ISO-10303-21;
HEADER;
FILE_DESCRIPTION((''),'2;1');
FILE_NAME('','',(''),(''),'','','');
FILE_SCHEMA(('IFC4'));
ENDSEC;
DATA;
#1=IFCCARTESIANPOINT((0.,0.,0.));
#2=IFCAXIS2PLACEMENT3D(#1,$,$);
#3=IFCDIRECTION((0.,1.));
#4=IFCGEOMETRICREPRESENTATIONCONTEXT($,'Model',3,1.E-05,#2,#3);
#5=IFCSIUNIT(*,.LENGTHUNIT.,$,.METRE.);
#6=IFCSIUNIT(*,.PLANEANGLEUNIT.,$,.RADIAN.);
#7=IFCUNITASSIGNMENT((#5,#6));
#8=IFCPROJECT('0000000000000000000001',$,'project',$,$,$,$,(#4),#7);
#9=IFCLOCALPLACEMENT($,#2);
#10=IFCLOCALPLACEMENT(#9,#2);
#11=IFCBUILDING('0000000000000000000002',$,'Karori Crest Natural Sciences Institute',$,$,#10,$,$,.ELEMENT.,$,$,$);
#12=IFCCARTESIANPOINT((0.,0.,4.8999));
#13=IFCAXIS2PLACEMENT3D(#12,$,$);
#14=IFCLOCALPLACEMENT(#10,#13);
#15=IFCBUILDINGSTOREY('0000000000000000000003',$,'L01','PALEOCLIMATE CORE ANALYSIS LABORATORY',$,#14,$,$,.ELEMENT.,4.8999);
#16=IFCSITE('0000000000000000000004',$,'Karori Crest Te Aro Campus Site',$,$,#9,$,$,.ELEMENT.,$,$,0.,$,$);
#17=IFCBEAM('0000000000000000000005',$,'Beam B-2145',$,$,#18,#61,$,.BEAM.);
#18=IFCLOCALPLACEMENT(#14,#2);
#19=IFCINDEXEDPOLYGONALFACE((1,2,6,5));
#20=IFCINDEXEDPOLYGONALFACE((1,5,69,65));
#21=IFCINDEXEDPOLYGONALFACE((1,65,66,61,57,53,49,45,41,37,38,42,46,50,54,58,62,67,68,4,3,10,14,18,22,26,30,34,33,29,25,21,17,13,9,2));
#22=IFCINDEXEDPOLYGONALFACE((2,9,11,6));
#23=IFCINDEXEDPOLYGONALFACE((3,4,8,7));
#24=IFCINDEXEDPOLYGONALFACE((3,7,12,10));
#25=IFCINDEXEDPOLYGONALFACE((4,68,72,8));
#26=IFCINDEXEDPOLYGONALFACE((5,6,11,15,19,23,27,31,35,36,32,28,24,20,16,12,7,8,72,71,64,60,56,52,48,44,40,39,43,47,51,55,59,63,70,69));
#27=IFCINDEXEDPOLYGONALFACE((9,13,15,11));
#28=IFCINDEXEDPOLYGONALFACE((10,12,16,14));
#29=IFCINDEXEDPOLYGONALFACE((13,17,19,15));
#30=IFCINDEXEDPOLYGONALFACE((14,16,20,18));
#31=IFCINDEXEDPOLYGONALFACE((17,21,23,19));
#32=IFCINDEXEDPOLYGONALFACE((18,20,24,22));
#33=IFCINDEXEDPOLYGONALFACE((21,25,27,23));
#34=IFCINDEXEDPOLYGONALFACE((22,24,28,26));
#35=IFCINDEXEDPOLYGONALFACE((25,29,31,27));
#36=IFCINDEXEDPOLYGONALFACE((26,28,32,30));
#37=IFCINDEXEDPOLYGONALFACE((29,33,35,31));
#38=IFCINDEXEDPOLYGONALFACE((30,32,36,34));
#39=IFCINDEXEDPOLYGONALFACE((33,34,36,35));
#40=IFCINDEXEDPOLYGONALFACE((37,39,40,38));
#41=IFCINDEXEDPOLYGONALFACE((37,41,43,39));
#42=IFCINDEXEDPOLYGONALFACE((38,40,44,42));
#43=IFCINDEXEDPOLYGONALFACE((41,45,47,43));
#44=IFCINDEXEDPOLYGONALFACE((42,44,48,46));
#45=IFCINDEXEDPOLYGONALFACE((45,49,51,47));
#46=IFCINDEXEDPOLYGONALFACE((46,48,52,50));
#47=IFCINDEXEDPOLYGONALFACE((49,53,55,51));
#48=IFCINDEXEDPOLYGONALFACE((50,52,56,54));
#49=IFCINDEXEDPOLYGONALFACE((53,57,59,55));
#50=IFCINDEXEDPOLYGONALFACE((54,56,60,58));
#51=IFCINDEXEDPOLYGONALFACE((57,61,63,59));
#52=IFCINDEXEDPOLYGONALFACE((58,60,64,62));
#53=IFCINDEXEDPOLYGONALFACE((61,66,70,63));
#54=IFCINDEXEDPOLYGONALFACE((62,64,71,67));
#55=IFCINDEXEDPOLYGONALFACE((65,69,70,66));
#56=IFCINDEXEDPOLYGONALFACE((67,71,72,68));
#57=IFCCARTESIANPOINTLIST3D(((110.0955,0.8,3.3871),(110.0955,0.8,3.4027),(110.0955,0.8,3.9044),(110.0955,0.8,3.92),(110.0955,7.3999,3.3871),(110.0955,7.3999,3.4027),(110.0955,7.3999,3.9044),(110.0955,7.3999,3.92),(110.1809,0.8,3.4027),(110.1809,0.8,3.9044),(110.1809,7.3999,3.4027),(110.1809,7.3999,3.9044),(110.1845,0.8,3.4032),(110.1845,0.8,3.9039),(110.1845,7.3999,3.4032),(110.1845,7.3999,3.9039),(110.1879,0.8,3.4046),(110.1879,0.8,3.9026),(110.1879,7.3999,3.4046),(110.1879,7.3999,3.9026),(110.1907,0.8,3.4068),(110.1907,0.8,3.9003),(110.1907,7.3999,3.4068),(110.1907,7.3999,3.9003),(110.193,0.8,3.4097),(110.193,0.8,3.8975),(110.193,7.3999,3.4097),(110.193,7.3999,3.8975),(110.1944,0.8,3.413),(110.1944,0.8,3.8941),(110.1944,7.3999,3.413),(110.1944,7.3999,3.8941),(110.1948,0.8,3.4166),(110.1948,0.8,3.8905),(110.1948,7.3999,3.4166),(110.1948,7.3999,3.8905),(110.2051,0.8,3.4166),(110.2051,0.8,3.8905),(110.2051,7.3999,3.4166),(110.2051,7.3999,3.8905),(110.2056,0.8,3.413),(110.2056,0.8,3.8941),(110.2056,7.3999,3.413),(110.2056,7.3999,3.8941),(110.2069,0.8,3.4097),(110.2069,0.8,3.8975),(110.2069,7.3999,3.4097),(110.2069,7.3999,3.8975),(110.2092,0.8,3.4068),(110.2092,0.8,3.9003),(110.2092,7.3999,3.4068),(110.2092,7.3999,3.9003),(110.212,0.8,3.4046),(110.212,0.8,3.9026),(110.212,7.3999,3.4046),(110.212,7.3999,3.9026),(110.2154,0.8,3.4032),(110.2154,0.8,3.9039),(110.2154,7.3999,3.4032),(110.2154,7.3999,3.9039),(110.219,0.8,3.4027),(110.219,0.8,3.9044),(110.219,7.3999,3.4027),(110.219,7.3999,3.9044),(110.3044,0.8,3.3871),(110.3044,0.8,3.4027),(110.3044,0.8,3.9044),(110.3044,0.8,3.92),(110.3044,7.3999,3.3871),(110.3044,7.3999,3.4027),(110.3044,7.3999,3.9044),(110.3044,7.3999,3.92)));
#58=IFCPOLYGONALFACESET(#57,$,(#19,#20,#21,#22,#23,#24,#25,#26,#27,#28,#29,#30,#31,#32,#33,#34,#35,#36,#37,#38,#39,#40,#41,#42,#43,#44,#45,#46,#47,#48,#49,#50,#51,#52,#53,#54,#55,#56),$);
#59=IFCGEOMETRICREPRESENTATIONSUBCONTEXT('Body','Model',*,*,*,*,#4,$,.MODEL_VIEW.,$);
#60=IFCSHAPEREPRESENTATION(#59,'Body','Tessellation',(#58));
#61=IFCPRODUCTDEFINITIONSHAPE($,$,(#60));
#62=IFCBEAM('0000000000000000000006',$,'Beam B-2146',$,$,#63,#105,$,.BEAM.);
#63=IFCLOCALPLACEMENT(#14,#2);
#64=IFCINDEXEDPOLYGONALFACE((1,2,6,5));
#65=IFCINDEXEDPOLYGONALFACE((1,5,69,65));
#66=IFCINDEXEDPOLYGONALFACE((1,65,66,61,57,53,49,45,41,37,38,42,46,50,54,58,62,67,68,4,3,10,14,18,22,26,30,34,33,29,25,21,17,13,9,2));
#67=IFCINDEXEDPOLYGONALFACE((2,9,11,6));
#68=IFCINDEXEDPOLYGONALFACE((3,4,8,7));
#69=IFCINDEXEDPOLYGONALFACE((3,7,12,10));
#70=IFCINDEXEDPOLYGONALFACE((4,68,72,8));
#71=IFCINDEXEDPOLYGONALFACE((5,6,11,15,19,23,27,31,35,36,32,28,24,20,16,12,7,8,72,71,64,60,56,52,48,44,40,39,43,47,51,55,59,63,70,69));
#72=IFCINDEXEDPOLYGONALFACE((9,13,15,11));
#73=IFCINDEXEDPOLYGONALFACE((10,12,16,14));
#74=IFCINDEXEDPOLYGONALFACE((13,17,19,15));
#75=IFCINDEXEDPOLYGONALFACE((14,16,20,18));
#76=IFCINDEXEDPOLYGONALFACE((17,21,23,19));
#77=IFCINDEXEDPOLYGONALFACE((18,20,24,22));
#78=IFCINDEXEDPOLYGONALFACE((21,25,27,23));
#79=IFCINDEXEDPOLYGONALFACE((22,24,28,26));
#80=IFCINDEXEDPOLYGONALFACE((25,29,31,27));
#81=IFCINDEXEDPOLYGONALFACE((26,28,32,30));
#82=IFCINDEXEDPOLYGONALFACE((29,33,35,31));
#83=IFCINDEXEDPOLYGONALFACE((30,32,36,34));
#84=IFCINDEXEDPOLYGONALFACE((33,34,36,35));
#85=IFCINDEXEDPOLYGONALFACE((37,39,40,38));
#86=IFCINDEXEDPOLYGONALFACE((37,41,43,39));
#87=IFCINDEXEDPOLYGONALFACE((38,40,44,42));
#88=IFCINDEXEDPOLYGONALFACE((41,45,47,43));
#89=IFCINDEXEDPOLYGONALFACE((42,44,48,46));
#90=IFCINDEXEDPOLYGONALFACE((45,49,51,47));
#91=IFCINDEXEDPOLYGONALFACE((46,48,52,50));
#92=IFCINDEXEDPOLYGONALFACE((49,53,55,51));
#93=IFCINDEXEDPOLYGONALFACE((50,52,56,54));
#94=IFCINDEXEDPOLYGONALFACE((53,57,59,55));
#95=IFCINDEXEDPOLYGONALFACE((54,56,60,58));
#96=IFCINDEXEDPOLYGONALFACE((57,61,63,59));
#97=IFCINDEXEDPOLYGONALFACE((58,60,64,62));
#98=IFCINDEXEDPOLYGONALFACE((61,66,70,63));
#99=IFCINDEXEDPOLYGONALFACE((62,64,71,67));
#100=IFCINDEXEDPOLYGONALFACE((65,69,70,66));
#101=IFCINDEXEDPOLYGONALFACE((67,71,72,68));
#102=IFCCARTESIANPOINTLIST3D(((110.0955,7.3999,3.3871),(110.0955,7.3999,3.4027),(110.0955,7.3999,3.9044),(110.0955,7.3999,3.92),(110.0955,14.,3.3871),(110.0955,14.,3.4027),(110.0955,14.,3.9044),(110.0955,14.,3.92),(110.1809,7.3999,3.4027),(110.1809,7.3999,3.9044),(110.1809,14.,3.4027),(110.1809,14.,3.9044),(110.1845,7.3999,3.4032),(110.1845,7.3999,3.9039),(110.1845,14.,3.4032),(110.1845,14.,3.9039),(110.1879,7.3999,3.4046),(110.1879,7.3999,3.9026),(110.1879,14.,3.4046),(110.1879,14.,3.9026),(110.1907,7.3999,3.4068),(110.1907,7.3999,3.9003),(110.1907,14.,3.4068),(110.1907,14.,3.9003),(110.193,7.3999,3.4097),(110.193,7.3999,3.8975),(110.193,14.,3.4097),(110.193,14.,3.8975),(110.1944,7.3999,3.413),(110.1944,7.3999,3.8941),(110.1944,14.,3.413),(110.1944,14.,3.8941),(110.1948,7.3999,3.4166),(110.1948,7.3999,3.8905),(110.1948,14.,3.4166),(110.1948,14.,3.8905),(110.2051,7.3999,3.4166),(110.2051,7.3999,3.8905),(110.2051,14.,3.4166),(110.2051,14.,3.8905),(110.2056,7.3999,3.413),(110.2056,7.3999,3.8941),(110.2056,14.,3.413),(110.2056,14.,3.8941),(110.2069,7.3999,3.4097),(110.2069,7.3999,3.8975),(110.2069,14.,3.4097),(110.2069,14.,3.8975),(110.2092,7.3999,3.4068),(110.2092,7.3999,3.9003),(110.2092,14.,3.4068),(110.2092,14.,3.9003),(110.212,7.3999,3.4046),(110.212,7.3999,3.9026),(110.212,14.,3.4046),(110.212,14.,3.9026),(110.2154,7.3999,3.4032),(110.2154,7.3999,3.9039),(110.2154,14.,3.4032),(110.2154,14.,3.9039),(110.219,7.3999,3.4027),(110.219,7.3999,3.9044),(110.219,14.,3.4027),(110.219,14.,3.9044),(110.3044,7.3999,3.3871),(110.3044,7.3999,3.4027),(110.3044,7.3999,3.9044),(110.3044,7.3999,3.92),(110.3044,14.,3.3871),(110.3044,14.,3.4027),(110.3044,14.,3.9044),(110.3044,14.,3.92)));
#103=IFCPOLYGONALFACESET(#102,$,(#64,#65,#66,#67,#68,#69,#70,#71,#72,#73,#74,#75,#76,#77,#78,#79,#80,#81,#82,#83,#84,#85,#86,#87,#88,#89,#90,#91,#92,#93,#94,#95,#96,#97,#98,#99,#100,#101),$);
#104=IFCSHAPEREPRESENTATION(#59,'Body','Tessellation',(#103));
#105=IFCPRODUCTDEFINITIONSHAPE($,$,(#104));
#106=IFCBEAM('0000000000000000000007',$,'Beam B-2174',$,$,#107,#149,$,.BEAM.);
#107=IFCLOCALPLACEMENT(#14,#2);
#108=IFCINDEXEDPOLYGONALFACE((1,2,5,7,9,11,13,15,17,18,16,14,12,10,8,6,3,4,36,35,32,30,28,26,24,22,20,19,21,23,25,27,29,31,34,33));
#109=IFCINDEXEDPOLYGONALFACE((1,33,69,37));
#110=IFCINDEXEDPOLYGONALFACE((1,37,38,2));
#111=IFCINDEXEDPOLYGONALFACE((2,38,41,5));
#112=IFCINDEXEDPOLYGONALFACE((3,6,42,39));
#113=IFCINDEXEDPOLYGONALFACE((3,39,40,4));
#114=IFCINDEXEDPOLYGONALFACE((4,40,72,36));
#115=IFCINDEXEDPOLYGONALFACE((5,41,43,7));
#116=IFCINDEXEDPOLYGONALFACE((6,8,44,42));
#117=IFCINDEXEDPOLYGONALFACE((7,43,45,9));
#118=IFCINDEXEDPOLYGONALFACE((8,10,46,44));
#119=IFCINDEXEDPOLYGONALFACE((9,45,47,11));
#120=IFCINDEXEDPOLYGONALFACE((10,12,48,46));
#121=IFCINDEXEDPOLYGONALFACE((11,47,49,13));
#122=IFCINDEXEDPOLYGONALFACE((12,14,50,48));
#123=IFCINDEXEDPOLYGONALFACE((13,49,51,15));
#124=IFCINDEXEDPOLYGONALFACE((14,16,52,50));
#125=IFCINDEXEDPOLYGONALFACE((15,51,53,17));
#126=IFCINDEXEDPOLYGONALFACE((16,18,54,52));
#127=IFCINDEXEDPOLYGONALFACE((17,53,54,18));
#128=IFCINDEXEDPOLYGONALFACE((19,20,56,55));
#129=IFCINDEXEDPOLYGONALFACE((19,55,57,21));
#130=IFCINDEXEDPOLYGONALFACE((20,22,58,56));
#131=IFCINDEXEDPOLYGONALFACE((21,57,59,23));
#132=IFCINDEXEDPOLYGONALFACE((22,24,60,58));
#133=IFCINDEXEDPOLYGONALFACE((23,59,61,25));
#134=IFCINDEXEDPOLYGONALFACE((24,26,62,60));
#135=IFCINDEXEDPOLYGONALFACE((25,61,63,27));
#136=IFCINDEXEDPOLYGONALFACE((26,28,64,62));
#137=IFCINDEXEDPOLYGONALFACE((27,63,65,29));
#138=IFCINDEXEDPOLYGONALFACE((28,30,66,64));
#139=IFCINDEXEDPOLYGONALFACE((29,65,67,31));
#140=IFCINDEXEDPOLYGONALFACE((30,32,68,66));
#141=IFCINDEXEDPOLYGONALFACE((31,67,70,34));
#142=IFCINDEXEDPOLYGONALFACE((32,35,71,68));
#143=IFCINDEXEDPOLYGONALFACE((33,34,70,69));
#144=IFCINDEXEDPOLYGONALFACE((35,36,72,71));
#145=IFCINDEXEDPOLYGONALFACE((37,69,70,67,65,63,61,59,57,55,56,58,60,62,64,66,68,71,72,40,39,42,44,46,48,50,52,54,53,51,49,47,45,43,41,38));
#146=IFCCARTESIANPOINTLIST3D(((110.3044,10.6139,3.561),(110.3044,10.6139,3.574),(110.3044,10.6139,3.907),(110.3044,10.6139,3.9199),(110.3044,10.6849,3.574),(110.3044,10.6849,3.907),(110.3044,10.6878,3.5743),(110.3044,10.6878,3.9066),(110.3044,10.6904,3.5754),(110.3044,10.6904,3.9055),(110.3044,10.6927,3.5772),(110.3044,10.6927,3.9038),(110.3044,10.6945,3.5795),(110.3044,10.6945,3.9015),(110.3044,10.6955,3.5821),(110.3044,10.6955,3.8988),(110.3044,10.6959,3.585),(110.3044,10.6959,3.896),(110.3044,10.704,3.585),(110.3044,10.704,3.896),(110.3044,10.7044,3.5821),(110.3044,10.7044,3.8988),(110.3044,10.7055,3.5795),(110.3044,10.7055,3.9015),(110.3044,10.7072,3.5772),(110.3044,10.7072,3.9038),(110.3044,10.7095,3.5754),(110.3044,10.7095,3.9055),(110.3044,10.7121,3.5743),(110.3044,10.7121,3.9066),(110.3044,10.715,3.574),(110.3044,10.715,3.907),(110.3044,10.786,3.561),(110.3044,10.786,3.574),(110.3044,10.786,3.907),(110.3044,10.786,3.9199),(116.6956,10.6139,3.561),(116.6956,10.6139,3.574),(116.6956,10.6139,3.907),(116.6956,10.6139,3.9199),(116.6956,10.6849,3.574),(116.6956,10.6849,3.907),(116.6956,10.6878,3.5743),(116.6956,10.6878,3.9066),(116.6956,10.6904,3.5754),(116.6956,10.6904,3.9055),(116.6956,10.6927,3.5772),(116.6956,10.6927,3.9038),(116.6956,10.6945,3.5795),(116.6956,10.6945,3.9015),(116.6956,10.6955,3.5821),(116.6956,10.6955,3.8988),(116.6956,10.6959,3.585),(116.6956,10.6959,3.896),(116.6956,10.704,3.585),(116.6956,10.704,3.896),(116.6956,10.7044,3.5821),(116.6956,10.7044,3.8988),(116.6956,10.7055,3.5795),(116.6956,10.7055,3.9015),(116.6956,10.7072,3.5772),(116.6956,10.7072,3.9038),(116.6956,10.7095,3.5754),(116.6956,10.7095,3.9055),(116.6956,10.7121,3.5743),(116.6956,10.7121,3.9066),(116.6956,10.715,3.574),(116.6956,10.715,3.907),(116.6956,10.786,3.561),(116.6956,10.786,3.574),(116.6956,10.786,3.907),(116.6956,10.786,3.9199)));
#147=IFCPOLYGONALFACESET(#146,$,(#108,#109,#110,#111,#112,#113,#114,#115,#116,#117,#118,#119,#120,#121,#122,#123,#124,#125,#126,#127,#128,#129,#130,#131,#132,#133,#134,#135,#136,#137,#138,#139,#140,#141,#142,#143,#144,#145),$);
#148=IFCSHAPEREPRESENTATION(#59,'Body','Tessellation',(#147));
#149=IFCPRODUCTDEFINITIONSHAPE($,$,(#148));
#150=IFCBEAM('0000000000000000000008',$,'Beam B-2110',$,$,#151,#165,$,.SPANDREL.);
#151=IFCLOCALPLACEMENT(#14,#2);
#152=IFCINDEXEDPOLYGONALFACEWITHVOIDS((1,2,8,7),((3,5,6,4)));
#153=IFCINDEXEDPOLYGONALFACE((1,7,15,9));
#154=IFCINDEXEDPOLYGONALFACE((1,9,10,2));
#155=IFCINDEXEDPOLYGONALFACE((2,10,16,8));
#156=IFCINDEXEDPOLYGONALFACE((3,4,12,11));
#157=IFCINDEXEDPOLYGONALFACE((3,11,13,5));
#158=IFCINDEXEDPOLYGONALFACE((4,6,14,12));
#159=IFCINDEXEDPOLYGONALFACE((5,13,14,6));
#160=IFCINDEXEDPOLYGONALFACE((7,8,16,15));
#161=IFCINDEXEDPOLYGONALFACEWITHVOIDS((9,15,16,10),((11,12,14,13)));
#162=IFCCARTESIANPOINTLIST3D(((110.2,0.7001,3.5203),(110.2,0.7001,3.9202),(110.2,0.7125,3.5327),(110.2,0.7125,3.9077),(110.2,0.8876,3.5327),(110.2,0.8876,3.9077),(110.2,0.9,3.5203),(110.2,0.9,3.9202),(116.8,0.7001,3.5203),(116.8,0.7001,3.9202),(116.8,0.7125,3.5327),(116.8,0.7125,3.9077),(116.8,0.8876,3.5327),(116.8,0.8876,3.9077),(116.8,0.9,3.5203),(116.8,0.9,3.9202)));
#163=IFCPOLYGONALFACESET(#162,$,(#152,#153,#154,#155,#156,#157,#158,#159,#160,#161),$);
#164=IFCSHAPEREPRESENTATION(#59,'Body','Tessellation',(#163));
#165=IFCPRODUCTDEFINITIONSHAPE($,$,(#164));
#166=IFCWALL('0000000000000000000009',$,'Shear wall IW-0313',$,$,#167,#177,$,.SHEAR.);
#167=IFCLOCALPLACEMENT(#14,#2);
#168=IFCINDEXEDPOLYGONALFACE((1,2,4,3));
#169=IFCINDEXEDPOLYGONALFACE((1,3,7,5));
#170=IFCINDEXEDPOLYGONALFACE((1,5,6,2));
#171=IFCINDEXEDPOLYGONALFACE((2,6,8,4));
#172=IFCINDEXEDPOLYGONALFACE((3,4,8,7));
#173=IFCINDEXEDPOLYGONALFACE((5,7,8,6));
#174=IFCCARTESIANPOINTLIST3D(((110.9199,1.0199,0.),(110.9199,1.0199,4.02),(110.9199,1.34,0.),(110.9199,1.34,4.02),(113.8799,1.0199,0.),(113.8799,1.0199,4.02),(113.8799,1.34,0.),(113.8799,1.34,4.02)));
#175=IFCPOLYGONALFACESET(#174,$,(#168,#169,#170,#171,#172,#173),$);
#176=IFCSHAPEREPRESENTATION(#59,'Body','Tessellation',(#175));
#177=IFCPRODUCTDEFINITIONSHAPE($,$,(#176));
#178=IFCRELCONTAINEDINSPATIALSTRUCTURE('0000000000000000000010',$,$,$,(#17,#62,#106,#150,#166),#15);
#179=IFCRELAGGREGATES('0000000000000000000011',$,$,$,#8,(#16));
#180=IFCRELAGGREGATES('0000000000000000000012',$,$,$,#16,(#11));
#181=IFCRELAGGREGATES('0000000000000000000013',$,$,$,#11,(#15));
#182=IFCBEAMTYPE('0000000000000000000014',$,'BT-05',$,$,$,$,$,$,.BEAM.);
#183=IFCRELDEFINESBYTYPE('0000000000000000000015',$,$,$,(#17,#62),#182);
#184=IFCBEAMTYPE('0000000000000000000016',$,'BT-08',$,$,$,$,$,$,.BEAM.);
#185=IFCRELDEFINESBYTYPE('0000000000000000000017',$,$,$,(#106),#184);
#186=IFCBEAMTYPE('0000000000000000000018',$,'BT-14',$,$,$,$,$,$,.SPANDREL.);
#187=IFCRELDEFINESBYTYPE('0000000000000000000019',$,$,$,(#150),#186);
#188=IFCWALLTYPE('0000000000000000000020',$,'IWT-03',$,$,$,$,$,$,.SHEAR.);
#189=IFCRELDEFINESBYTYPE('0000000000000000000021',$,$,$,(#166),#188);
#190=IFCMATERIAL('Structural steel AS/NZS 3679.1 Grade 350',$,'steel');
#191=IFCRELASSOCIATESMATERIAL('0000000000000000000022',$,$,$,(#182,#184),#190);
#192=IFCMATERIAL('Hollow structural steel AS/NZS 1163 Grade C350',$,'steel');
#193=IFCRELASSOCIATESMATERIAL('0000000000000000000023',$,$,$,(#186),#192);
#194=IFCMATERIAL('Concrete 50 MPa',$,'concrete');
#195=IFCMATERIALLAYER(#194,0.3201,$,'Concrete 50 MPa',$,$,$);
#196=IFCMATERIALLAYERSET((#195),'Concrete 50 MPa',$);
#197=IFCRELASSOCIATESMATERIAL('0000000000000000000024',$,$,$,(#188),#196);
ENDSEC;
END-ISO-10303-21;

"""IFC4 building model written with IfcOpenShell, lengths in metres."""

from ifc_helpers import new_model, si_unit, direction, frame, frame_2d, origin, origin_2d, place, context, subcontext, project, spatial, rectangle, hollow_rectangle, i_section, extrude, material, layer, layer_set, material_profile, profile_set, type_object, element, save


model = new_model("IFC4")

# Units and contexts
model_context = context("Model", 3, precision=1e-05, world=origin(), true_north=direction((0.0, 1.0)))
body_context = subcontext(model_context, "Body", "Model", "MODEL_VIEW")
ifc_project = project(units=[si_unit("LENGTHUNIT", "METRE"), si_unit("PLANEANGLEUNIT", "RADIAN")], contexts=[model_context])

# Site, building, storey
site_placement = place(None, origin())
site = spatial("IfcSite", under=ifc_project, at=site_placement, Name="Karori Crest Te Aro Campus Site", CompositionType="ELEMENT", RefElevation=0.0)
building_placement = place(site_placement, origin())
building = spatial("IfcBuilding", under=site, at=building_placement, Name="Karori Crest Natural Sciences Institute", CompositionType="ELEMENT")
storey_placement = place(building_placement, frame((0.0, 0.0, 4.8999)))
storey = spatial("IfcBuildingStorey", under=building, at=storey_placement, Name="L01", Description="PALEOCLIMATE CORE ANALYSIS LABORATORY", CompositionType="ELEMENT", Elevation=4.8999)

# Shared definitions
ifc_material_1 = material(Name="Structural steel AS/NZS 3679.1 Grade 350", Category="steel")

# Beams
ifc_material_profile_1 = material_profile(ifc_material_1, i_section(OverallWidth=0.209, OverallDepth=0.533, WebThickness=0.0103, FlangeThickness=0.0156, FilletRadius=0.0139, at=origin_2d()), Name="530UB92.4")
ifc_profile_set_1 = profile_set([ifc_material_profile_1], Name="Structural steel AS/NZS 3679.1 Grade 350")
beam_type_1 = type_object("IfcBeamType", Name="BT-05", PredefinedType="BEAM", material=ifc_profile_set_1)
beam_1_placement = place(storey_placement, frame((110.2, 0.8, 3.6536), z_axis=(0.0, 1.0, 0.0), x_axis=(-1.0, 0.0, 0.0)))
element("IfcBeam", 1, at=beam_1_placement, inside=storey, type_object=beam_type_1, Name="Beam B-2145", PredefinedType="BEAM", context=body_context, shape_type="SweptSolid", body=[
    extrude(i_section(OverallWidth=0.209, OverallDepth=0.533, WebThickness=0.0103, FlangeThickness=0.0156, FilletRadius=0.0139, at=origin_2d()), origin(), (0.0, 0.0, 1.0), 6.5999),
])
beam_2_placement = place(storey_placement, frame((110.2, 7.3999, 3.6536), z_axis=(0.0, 1.0, 0.0), x_axis=(-1.0, 0.0, 0.0)))
element("IfcBeam", 2, at=beam_2_placement, inside=storey, type_object=beam_type_1, Name="Beam B-2146", PredefinedType="BEAM", context=body_context, shape_type="SweptSolid", body=[
    extrude(i_section(OverallWidth=0.209, OverallDepth=0.533, WebThickness=0.0103, FlangeThickness=0.0156, FilletRadius=0.0139, at=origin_2d()), origin(), (0.0, 0.0, 1.0), 6.6001),
])
ifc_material_profile_2 = material_profile(ifc_material_1, i_section(OverallWidth=0.1721, OverallDepth=0.3589, WebThickness=0.0081, FlangeThickness=0.0129, FilletRadius=0.011, at=origin_2d()), Name="360UB56.7")
ifc_profile_set_2 = profile_set([ifc_material_profile_2], Name="Structural steel AS/NZS 3679.1 Grade 350")
beam_type_2 = type_object("IfcBeamType", Name="BT-08", PredefinedType="BEAM", material=ifc_profile_set_2)
beam_3_placement = place(storey_placement, frame((110.3044, 10.7, 3.7405), z_axis=(1.0, 0.0, 0.0), x_axis=(0.0, 1.0, 0.0)))
element("IfcBeam", 3, at=beam_3_placement, inside=storey, type_object=beam_type_2, Name="Beam B-2174", PredefinedType="BEAM", context=body_context, shape_type="SweptSolid", body=[
    extrude(i_section(OverallWidth=0.1721, OverallDepth=0.3589, WebThickness=0.0081, FlangeThickness=0.0129, FilletRadius=0.011, at=origin_2d()), origin(), (0.0, 0.0, 1.0), 6.3911),
])
ifc_material_2 = material(Name="Hollow structural steel AS/NZS 1163 Grade C350", Category="steel")
ifc_material_profile_3 = material_profile(ifc_material_2, hollow_rectangle(XDim=0.2, YDim=0.3999, WallThickness=0.0125, at=origin_2d()), Name="RHS400x200x12.5")
ifc_profile_set_3 = profile_set([ifc_material_profile_3], Name="Hollow structural steel AS/NZS 1163 Grade C350")
beam_type_3 = type_object("IfcBeamType", Name="BT-14", PredefinedType="SPANDREL", material=ifc_profile_set_3)
beam_4_placement = place(storey_placement, frame((110.2, 0.8, 3.7202), z_axis=(1.0, 0.0, 0.0), x_axis=(0.0, 1.0, 0.0)))
element("IfcBeam", 4, at=beam_4_placement, inside=storey, type_object=beam_type_3, Name="Beam B-2110", PredefinedType="SPANDREL", context=body_context, shape_type="SweptSolid", body=[
    extrude(hollow_rectangle(XDim=0.2, YDim=0.3999, WallThickness=0.0125, at=origin_2d()), origin(), (0.0, 0.0, 1.0), 6.6001),
])

# Shared definitions
ifc_material_3 = material(Name="Concrete 50 MPa", Category="concrete")

# Wall
ifc_layer_1 = layer(ifc_material_3, 0.3201, Name="Concrete 50 MPa")
ifc_layer_set_1 = layer_set([ifc_layer_1], Name="Concrete 50 MPa")
wall_type_1 = type_object("IfcWallType", Name="IWT-03", PredefinedType="SHEAR", material=ifc_layer_set_1)
wall_1_placement = place(storey_placement, frame((110.9199, 1.1799, 0.0), z_axis=(0.0, 0.0, 1.0), x_axis=(1.0, 0.0, 0.0)))
element("IfcWall", 5, at=wall_1_placement, inside=storey, type_object=wall_type_1, Name="Shear wall IW-0313", PredefinedType="SHEAR", context=body_context, shape_type="SweptSolid", body=[
    extrude(rectangle(XDim=2.96, YDim=0.3201, at=frame_2d((1.48, 0.0))), origin(), (0.0, 0.0, 1.0), 4.02),
])

save(model, "model.ifc")
